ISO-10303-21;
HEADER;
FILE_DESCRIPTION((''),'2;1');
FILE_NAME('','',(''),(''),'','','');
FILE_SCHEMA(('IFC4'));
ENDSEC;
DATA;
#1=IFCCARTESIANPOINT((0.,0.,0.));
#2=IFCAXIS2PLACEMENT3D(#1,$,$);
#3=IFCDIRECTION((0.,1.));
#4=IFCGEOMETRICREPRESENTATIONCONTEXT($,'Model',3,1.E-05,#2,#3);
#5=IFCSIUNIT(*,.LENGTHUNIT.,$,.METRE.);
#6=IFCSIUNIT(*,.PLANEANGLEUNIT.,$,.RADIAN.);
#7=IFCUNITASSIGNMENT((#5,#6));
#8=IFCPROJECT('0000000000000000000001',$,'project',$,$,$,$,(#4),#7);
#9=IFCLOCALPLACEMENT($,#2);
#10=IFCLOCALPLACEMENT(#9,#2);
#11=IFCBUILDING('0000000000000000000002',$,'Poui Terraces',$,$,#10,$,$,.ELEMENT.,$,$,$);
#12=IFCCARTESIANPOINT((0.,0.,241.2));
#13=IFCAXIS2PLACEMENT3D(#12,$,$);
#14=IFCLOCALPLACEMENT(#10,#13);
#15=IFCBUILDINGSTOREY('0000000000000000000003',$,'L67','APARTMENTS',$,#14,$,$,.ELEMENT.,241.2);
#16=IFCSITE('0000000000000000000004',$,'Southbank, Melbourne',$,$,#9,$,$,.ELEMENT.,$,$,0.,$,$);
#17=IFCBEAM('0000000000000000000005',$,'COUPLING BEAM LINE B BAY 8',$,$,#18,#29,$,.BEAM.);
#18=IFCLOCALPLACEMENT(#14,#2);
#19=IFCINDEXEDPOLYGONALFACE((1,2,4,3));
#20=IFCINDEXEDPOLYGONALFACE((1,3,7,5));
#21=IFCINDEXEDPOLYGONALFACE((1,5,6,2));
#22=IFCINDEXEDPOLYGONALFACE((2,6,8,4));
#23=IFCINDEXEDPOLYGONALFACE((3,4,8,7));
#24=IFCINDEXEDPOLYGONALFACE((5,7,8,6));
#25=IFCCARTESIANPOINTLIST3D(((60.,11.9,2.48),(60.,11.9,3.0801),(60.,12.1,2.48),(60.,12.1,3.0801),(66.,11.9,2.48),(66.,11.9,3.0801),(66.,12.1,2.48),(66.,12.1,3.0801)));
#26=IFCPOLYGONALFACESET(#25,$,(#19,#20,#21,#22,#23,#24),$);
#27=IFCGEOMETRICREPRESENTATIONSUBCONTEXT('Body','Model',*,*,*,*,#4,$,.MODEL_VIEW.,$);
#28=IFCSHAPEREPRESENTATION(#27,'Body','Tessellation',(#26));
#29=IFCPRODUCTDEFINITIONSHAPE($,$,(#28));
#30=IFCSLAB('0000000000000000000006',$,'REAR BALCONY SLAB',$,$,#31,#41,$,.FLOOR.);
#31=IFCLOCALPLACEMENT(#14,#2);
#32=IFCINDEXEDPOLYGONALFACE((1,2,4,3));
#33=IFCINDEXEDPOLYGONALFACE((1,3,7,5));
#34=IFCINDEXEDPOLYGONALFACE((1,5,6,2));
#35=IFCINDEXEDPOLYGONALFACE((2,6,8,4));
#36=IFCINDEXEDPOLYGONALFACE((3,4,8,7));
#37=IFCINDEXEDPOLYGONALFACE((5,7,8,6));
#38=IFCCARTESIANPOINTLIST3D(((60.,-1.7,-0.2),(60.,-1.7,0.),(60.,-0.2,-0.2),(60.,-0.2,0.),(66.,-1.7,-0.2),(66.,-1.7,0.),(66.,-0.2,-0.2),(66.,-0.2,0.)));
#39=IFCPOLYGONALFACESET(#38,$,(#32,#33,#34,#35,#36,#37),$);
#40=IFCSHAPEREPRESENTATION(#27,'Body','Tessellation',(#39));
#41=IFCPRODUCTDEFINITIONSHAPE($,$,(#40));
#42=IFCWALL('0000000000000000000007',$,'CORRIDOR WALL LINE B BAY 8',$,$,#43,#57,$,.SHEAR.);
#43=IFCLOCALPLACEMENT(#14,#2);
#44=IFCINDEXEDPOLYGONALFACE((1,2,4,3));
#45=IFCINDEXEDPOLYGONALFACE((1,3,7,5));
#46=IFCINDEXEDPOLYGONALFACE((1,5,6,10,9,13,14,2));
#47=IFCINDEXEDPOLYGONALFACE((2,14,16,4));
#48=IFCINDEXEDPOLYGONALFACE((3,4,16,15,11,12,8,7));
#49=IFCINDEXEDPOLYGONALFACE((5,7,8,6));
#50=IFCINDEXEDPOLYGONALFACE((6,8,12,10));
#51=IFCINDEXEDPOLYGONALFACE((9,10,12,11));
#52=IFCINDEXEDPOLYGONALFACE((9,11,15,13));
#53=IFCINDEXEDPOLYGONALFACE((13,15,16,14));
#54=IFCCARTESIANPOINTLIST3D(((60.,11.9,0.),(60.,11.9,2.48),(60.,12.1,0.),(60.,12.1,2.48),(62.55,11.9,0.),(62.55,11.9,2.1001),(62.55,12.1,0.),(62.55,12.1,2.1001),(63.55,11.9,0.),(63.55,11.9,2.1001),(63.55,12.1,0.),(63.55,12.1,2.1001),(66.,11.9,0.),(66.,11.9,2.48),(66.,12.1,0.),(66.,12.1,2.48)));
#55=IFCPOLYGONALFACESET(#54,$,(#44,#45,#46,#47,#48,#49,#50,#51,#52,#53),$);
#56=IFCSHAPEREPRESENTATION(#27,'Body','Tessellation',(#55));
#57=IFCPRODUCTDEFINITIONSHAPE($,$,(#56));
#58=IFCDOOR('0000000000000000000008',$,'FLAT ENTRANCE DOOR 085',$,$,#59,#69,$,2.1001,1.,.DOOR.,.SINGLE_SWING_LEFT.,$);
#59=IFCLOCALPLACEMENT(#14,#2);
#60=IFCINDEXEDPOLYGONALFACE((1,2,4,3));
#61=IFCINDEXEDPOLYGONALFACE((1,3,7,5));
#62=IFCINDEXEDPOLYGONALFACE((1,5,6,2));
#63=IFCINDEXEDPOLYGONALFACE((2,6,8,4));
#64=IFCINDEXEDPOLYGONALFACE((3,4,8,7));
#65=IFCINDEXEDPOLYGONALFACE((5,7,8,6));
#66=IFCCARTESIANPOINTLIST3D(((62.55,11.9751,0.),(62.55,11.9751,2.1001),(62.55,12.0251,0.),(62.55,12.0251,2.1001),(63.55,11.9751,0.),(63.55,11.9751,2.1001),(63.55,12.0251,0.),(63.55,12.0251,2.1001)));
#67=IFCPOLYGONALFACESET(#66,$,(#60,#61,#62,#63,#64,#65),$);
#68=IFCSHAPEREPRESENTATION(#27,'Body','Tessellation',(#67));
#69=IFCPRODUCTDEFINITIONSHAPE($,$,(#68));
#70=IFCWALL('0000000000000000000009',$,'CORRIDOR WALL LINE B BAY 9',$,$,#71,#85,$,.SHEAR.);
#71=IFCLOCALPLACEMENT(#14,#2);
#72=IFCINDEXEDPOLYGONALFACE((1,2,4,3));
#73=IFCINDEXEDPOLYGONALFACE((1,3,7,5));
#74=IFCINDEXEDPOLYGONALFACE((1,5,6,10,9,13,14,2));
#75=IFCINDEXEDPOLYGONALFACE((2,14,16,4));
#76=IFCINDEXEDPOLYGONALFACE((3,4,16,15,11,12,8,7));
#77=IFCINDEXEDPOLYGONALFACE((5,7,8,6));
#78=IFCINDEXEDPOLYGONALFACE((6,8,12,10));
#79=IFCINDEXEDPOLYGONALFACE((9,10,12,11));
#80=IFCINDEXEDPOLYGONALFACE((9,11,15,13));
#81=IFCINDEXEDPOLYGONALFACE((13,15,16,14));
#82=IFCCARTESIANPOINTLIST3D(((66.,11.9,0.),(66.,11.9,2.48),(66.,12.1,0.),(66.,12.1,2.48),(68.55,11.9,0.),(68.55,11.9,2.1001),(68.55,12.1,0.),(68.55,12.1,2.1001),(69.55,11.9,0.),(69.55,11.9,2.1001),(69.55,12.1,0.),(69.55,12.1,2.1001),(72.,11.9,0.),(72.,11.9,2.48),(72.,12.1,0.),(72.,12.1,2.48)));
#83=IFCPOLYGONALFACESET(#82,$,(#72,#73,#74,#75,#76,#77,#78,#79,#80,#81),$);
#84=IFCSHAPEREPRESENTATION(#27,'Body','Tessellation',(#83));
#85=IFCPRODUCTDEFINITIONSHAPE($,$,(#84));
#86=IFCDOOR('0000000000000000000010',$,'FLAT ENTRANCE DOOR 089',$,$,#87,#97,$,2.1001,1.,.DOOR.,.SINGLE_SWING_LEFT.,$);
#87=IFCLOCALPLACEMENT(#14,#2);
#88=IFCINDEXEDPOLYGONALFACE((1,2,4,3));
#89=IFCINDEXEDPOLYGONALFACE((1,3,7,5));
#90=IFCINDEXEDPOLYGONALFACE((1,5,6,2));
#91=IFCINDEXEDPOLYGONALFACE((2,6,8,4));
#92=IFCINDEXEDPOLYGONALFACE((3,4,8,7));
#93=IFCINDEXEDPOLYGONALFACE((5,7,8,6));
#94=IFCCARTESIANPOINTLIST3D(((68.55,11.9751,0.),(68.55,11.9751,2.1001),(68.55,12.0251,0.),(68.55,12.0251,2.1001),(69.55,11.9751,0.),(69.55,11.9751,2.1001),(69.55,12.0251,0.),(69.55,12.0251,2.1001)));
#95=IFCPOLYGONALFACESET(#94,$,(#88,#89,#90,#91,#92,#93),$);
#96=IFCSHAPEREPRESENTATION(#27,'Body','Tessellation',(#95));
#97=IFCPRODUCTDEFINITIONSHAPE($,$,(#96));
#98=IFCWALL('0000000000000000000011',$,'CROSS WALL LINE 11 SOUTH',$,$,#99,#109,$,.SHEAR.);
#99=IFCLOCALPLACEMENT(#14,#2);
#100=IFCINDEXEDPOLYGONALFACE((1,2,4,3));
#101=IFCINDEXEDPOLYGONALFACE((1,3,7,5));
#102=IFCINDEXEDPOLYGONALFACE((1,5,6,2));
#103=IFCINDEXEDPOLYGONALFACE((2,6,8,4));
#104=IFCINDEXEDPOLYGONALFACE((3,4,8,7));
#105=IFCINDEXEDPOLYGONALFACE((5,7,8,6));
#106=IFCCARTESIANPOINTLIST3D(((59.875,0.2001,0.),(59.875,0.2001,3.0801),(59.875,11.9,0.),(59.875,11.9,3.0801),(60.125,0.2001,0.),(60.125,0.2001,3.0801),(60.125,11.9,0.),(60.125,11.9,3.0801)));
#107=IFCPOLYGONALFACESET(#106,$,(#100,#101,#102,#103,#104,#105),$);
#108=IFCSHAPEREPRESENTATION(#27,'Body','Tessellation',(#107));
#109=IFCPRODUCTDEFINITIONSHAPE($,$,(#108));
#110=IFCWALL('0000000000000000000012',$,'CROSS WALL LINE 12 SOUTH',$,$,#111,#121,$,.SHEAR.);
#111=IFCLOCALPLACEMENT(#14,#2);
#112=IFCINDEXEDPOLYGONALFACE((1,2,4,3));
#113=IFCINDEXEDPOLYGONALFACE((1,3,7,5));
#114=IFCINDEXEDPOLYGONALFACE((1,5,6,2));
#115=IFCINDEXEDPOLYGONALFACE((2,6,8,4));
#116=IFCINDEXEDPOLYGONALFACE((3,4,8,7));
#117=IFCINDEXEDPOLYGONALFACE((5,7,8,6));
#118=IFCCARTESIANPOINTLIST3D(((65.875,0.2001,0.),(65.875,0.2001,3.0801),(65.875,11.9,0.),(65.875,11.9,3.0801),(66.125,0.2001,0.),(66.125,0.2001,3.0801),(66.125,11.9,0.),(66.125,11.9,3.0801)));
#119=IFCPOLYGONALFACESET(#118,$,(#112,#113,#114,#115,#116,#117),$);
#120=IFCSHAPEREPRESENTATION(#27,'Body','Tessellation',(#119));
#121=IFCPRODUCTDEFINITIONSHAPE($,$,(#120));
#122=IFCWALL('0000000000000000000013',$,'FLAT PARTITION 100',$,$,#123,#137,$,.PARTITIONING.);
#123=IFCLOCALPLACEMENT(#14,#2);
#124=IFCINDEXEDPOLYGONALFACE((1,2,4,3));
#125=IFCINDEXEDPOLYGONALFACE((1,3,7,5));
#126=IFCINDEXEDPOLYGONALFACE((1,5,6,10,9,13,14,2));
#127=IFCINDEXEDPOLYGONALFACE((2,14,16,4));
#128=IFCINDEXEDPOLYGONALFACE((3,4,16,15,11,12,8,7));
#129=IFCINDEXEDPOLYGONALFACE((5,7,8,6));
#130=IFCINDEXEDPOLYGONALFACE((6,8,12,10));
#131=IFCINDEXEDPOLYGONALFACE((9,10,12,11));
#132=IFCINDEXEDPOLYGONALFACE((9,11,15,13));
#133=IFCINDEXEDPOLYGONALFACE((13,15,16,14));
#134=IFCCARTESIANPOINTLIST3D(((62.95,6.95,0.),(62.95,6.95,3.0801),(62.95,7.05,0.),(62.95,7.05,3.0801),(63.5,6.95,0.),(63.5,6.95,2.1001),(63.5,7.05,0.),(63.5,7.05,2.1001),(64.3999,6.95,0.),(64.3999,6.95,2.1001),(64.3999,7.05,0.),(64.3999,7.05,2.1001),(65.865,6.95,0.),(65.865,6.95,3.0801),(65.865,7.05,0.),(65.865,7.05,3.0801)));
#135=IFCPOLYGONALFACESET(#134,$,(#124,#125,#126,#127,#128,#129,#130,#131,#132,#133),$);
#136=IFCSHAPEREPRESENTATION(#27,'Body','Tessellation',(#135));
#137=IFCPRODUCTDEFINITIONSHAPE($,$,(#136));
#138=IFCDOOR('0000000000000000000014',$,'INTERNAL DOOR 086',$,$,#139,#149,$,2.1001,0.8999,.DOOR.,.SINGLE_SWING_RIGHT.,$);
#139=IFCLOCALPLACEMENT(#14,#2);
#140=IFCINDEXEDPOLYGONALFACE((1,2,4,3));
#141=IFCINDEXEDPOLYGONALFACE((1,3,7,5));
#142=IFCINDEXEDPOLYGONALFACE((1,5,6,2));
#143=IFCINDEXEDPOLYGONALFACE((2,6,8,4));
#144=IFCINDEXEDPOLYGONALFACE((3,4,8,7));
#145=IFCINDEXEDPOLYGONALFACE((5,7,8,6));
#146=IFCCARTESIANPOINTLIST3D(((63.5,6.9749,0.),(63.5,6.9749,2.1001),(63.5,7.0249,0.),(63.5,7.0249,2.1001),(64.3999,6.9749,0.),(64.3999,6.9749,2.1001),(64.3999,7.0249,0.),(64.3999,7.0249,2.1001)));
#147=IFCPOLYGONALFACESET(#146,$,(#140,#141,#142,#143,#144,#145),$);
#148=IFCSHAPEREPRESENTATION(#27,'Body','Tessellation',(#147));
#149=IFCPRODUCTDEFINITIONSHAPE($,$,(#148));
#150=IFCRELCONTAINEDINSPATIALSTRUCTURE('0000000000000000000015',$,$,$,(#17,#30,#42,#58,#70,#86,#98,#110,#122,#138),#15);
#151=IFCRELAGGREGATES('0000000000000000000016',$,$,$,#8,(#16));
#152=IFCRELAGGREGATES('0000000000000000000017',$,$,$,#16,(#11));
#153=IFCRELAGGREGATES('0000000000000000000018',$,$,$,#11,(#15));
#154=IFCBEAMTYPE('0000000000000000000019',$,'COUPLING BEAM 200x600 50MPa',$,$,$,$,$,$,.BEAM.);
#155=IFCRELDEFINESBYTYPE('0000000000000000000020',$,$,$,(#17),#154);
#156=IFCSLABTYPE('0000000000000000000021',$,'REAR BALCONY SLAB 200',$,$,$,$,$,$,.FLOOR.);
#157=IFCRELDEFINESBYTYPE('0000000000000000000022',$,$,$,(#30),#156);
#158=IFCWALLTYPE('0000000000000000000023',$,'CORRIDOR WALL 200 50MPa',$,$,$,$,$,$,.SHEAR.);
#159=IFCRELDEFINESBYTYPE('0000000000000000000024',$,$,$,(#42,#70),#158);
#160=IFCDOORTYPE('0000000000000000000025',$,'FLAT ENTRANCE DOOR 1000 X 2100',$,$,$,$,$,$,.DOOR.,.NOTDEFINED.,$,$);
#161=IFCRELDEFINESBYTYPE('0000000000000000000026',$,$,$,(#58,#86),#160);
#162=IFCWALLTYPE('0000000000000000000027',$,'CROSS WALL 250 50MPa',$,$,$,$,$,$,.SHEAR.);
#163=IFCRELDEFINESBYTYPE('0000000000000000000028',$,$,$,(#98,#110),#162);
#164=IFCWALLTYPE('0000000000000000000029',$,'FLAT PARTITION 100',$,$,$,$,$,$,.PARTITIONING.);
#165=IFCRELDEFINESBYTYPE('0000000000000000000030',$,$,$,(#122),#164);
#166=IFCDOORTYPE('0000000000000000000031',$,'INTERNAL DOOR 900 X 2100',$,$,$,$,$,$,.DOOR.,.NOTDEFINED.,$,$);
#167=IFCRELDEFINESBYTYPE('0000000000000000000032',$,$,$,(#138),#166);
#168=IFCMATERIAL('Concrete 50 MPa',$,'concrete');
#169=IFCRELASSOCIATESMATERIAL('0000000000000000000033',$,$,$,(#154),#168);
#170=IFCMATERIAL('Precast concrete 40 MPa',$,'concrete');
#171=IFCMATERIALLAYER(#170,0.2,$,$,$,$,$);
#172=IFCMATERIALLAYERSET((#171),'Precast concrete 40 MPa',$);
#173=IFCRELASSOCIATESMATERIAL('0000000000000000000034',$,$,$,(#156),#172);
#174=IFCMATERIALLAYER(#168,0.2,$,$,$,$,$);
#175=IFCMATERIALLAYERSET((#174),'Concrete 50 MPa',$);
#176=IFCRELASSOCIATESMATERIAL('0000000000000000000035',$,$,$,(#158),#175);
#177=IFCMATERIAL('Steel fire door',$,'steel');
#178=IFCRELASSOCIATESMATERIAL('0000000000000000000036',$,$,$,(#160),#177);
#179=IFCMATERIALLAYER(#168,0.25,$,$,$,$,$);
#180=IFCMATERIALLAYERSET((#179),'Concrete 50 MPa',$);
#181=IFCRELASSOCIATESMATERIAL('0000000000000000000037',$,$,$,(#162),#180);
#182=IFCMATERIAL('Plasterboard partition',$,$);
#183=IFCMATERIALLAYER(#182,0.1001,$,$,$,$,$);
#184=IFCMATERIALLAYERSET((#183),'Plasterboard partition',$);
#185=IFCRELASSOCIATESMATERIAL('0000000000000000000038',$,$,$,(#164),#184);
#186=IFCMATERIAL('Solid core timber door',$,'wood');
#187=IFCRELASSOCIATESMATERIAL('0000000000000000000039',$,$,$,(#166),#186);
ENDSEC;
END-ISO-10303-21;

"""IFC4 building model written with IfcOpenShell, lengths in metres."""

from ifc_helpers import new_model, si_unit, direction, frame, frame_2d, origin, origin_2d, place, context, subcontext, project, spatial, polyline, rectangle, outline, extrude, source, transform, mapped, material, layer, layer_set, material_profile, profile_set, type_object, element, fill, save


model = new_model("IFC4")

# Units and contexts
model_context = context("Model", 3, precision=1e-05, world=origin(), true_north=direction((0.0, 1.0)))
body_context = subcontext(model_context, "Body", "Model", "MODEL_VIEW")
ifc_project = project(units=[si_unit("LENGTHUNIT", "METRE"), si_unit("PLANEANGLEUNIT", "RADIAN")], contexts=[model_context])

# Site, building, storey
site_placement = place(None, origin())
site = spatial("IfcSite", under=ifc_project, at=site_placement, Name="Southbank, Melbourne", CompositionType="ELEMENT", RefElevation=0.0)
building_placement = place(site_placement, origin())
building = spatial("IfcBuilding", under=site, at=building_placement, Name="Poui Terraces", CompositionType="ELEMENT")
storey_placement = place(building_placement, frame((0.0, 0.0, 241.2)))
storey = spatial("IfcBuildingStorey", under=building, at=storey_placement, Name="L67", Description="APARTMENTS", CompositionType="ELEMENT", Elevation=241.2)

# Beam
ifc_material_1 = material(Name="Concrete 50 MPa", Category="concrete")
ifc_material_profile_1 = material_profile(ifc_material_1, rectangle(XDim=0.2, YDim=0.6001, at=origin_2d()), Name="RC 200x600")
ifc_profile_set_1 = profile_set([ifc_material_profile_1], Name="Concrete 50 MPa")
beam_type = type_object("IfcBeamType", Name="COUPLING BEAM 200x600 50MPa", PredefinedType="BEAM", material=ifc_profile_set_1)
shared_shape_1 = source(origin(), body_context, "Body", "SweptSolid", [
    extrude(rectangle(XDim=0.2, YDim=0.6001, at=origin_2d()), origin(), (0.0, 0.0, 1.0), 6.0),
])
beam_placement = place(storey_placement, frame((60.0, 12.0, 2.78), z_axis=(1.0, 0.0, 0.0), x_axis=(0.0, 1.0, 0.0)))
element("IfcBeam", 1, at=beam_placement, inside=storey, type_object=beam_type, Name="COUPLING BEAM LINE B BAY 8", PredefinedType="BEAM", context=body_context, shape_type="MappedRepresentation", body=[
    mapped(shared_shape_1, transform((0.0, 0.0, 0.0))),
])

# Slab
ifc_material_2 = material(Name="Precast concrete 40 MPa", Category="concrete")
ifc_layer_1 = layer(ifc_material_2, 0.2)
ifc_layer_set_1 = layer_set([ifc_layer_1], Name="Precast concrete 40 MPa")
slab_type = type_object("IfcSlabType", Name="REAR BALCONY SLAB 200", PredefinedType="FLOOR", material=ifc_layer_set_1)
shared_shape_2 = source(origin(), body_context, "Body", "SweptSolid", [
    extrude(outline(polyline([(0.0, 0.0), (6.0, 0.0), (6.0, 1.5), (0.0, 1.5), (0.0, 0.0)])), origin(), (0.0, 0.0, 1.0), 0.2),
])
slab_placement = place(storey_placement, frame((60.0, -1.7, -0.2)))
element("IfcSlab", 2, at=slab_placement, inside=storey, type_object=slab_type, Name="REAR BALCONY SLAB", PredefinedType="FLOOR", context=body_context, shape_type="MappedRepresentation", body=[
    mapped(shared_shape_2, transform((0.0, 0.0, 0.0))),
])

# Walls, openings, doors
ifc_layer_2 = layer(ifc_material_1, 0.2)
ifc_layer_set_2 = layer_set([ifc_layer_2], Name="Concrete 50 MPa")
wall_type_1 = type_object("IfcWallType", Name="CORRIDOR WALL 200 50MPa", PredefinedType="SHEAR", material=ifc_layer_set_2)
wall_1_placement = place(storey_placement, frame((60.0, 12.0, 0.0), z_axis=(0.0, 0.0, 1.0), x_axis=(1.0, 0.0, 0.0)))
wall_1 = element("IfcWall", 3, at=wall_1_placement, inside=storey, type_object=wall_type_1, Name="CORRIDOR WALL LINE B BAY 8", PredefinedType="SHEAR", context=body_context, shape_type="SweptSolid", body=[
    extrude(rectangle(XDim=6.0, YDim=0.2, at=frame_2d((3.0, 0.0))), origin(), (0.0, 0.0, 1.0), 2.48),
])
opening_1_placement = place(wall_1_placement, frame((2.55, 0.0, 0.0)))
opening_1 = element("IfcOpeningElement", 4, at=opening_1_placement, cuts=wall_1, PredefinedType="OPENING", context=body_context, shape_type="SweptSolid", body=[
    extrude(rectangle(XDim=1.0, YDim=2.1001, at=frame_2d((0.5, 1.05))), frame((0.0, 0.1099, 0.0), z_axis=(0.0, -1.0, 0.0), x_axis=(1.0, 0.0, 0.0)), (0.0, 0.0, 1.0), 0.22),
])
ifc_material_3 = material(Name="Steel fire door", Category="steel")
door_type_1 = type_object("IfcDoorType", Name="FLAT ENTRANCE DOOR 1000 X 2100", OperationType="NOTDEFINED", PredefinedType="DOOR", material=ifc_material_3)
door_1_placement = place(opening_1_placement, frame((1.0, 0.0, 0.0), z_axis=(0.0, 0.0, 1.0), x_axis=(-1.0, 0.0, 0.0)))
door_1 = element("IfcDoor", 5, at=door_1_placement, inside=storey, type_object=door_type_1, Name="FLAT ENTRANCE DOOR 085", OperationType="SINGLE_SWING_LEFT", OverallHeight=2.1001, OverallWidth=1.0, PredefinedType="DOOR", context=body_context, shape_type="SweptSolid", body=[
    extrude(rectangle(XDim=1.0, YDim=2.1001, at=frame_2d((0.5, 1.05))), frame((0.0, 0.0249, 0.0), z_axis=(0.0, -1.0, 0.0), x_axis=(1.0, 0.0, 0.0)), (0.0, 0.0, 1.0), 0.05),
])
fill(opening_1, door_1)
wall_2_placement = place(storey_placement, frame((66.0, 12.0, 0.0), z_axis=(0.0, 0.0, 1.0), x_axis=(1.0, 0.0, 0.0)))
wall_2 = element("IfcWall", 6, at=wall_2_placement, inside=storey, type_object=wall_type_1, Name="CORRIDOR WALL LINE B BAY 9", PredefinedType="SHEAR", context=body_context, shape_type="SweptSolid", body=[
    extrude(rectangle(XDim=6.0, YDim=0.2, at=frame_2d((3.0, 0.0))), origin(), (0.0, 0.0, 1.0), 2.48),
])
opening_2_placement = place(wall_2_placement, frame((2.55, 0.0, 0.0)))
opening_2 = element("IfcOpeningElement", 7, at=opening_2_placement, cuts=wall_2, PredefinedType="OPENING", context=body_context, shape_type="SweptSolid", body=[
    extrude(rectangle(XDim=1.0, YDim=2.1001, at=frame_2d((0.5, 1.05))), frame((0.0, 0.1099, 0.0), z_axis=(0.0, -1.0, 0.0), x_axis=(1.0, 0.0, 0.0)), (0.0, 0.0, 1.0), 0.22),
])
door_2_placement = place(opening_2_placement, frame((1.0, 0.0, 0.0), z_axis=(0.0, 0.0, 1.0), x_axis=(-1.0, 0.0, 0.0)))
door_2 = element("IfcDoor", 8, at=door_2_placement, inside=storey, type_object=door_type_1, Name="FLAT ENTRANCE DOOR 089", OperationType="SINGLE_SWING_LEFT", OverallHeight=2.1001, OverallWidth=1.0, PredefinedType="DOOR", context=body_context, shape_type="SweptSolid", body=[
    extrude(rectangle(XDim=1.0, YDim=2.1001, at=frame_2d((0.5, 1.05))), frame((0.0, 0.0249, 0.0), z_axis=(0.0, -1.0, 0.0), x_axis=(1.0, 0.0, 0.0)), (0.0, 0.0, 1.0), 0.05),
])
fill(opening_2, door_2)

# Walls
ifc_layer_3 = layer(ifc_material_1, 0.25)
ifc_layer_set_3 = layer_set([ifc_layer_3], Name="Concrete 50 MPa")
wall_type_2 = type_object("IfcWallType", Name="CROSS WALL 250 50MPa", PredefinedType="SHEAR", material=ifc_layer_set_3)
for number, where, z_axis, x_axis, name in (
    (9, (60.0, 0.2, 0.0), (0.0, 0.0, 1.0), (0.0, 1.0, 0.0), "CROSS WALL LINE 11 SOUTH"),
    (10, (66.0, 0.2, 0.0), (0.0, 0.0, 1.0), (0.0, 1.0, 0.0), "CROSS WALL LINE 12 SOUTH"),
):
    element("IfcWall", number, at=place(storey_placement, frame(where, z_axis=z_axis, x_axis=x_axis)), inside=storey, type_object=wall_type_2, Name=name, PredefinedType="SHEAR", context=body_context, shape_type="SweptSolid", body=[
        extrude(rectangle(XDim=11.7, YDim=0.25, at=frame_2d((5.8501, 0.0))), origin(), (0.0, 0.0, 1.0), 3.0801),
    ])

# Wall, opening, door
ifc_material_4 = material(Name="Plasterboard partition")
ifc_layer_4 = layer(ifc_material_4, 0.1001)
ifc_layer_set_4 = layer_set([ifc_layer_4], Name="Plasterboard partition")
wall_type_3 = type_object("IfcWallType", Name="FLAT PARTITION 100", PredefinedType="PARTITIONING", material=ifc_layer_set_4)
wall_3_placement = place(storey_placement, frame((62.95, 7.0, 0.0), z_axis=(0.0, 0.0, 1.0), x_axis=(1.0, 0.0, 0.0)))
wall_3 = element("IfcWall", 11, at=wall_3_placement, inside=storey, type_object=wall_type_3, Name="FLAT PARTITION 100", PredefinedType="PARTITIONING", context=body_context, shape_type="SweptSolid", body=[
    extrude(rectangle(XDim=2.915, YDim=0.1001, at=frame_2d((1.4575, 0.0))), origin(), (0.0, 0.0, 1.0), 3.0801),
])
opening_3_placement = place(wall_3_placement, frame((0.55, 0.0, 0.0)))
opening_3 = element("IfcOpeningElement", 12, at=opening_3_placement, cuts=wall_3, PredefinedType="OPENING", context=body_context, shape_type="SweptSolid", body=[
    extrude(rectangle(XDim=0.8999, YDim=2.1001, at=frame_2d((0.45, 1.05))), frame((0.0, 0.0601, 0.0), z_axis=(0.0, -1.0, 0.0), x_axis=(1.0, 0.0, 0.0)), (0.0, 0.0, 1.0), 0.1201),
])
ifc_material_5 = material(Name="Solid core timber door", Category="wood")
door_type_2 = type_object("IfcDoorType", Name="INTERNAL DOOR 900 X 2100", OperationType="NOTDEFINED", PredefinedType="DOOR", material=ifc_material_5)
door_3_placement = place(opening_3_placement, origin())
door_3 = element("IfcDoor", 13, at=door_3_placement, inside=storey, type_object=door_type_2, Name="INTERNAL DOOR 086", OperationType="SINGLE_SWING_RIGHT", OverallHeight=2.1001, OverallWidth=0.8999, PredefinedType="DOOR", context=body_context, shape_type="SweptSolid", body=[
    extrude(rectangle(XDim=0.8999, YDim=2.1001, at=frame_2d((0.45, 1.05))), frame((0.0, 0.0249, 0.0), z_axis=(0.0, -1.0, 0.0), x_axis=(1.0, 0.0, 0.0)), (0.0, 0.0, 1.0), 0.05),
])
fill(opening_3, door_3)

save(model, "model.ifc")
